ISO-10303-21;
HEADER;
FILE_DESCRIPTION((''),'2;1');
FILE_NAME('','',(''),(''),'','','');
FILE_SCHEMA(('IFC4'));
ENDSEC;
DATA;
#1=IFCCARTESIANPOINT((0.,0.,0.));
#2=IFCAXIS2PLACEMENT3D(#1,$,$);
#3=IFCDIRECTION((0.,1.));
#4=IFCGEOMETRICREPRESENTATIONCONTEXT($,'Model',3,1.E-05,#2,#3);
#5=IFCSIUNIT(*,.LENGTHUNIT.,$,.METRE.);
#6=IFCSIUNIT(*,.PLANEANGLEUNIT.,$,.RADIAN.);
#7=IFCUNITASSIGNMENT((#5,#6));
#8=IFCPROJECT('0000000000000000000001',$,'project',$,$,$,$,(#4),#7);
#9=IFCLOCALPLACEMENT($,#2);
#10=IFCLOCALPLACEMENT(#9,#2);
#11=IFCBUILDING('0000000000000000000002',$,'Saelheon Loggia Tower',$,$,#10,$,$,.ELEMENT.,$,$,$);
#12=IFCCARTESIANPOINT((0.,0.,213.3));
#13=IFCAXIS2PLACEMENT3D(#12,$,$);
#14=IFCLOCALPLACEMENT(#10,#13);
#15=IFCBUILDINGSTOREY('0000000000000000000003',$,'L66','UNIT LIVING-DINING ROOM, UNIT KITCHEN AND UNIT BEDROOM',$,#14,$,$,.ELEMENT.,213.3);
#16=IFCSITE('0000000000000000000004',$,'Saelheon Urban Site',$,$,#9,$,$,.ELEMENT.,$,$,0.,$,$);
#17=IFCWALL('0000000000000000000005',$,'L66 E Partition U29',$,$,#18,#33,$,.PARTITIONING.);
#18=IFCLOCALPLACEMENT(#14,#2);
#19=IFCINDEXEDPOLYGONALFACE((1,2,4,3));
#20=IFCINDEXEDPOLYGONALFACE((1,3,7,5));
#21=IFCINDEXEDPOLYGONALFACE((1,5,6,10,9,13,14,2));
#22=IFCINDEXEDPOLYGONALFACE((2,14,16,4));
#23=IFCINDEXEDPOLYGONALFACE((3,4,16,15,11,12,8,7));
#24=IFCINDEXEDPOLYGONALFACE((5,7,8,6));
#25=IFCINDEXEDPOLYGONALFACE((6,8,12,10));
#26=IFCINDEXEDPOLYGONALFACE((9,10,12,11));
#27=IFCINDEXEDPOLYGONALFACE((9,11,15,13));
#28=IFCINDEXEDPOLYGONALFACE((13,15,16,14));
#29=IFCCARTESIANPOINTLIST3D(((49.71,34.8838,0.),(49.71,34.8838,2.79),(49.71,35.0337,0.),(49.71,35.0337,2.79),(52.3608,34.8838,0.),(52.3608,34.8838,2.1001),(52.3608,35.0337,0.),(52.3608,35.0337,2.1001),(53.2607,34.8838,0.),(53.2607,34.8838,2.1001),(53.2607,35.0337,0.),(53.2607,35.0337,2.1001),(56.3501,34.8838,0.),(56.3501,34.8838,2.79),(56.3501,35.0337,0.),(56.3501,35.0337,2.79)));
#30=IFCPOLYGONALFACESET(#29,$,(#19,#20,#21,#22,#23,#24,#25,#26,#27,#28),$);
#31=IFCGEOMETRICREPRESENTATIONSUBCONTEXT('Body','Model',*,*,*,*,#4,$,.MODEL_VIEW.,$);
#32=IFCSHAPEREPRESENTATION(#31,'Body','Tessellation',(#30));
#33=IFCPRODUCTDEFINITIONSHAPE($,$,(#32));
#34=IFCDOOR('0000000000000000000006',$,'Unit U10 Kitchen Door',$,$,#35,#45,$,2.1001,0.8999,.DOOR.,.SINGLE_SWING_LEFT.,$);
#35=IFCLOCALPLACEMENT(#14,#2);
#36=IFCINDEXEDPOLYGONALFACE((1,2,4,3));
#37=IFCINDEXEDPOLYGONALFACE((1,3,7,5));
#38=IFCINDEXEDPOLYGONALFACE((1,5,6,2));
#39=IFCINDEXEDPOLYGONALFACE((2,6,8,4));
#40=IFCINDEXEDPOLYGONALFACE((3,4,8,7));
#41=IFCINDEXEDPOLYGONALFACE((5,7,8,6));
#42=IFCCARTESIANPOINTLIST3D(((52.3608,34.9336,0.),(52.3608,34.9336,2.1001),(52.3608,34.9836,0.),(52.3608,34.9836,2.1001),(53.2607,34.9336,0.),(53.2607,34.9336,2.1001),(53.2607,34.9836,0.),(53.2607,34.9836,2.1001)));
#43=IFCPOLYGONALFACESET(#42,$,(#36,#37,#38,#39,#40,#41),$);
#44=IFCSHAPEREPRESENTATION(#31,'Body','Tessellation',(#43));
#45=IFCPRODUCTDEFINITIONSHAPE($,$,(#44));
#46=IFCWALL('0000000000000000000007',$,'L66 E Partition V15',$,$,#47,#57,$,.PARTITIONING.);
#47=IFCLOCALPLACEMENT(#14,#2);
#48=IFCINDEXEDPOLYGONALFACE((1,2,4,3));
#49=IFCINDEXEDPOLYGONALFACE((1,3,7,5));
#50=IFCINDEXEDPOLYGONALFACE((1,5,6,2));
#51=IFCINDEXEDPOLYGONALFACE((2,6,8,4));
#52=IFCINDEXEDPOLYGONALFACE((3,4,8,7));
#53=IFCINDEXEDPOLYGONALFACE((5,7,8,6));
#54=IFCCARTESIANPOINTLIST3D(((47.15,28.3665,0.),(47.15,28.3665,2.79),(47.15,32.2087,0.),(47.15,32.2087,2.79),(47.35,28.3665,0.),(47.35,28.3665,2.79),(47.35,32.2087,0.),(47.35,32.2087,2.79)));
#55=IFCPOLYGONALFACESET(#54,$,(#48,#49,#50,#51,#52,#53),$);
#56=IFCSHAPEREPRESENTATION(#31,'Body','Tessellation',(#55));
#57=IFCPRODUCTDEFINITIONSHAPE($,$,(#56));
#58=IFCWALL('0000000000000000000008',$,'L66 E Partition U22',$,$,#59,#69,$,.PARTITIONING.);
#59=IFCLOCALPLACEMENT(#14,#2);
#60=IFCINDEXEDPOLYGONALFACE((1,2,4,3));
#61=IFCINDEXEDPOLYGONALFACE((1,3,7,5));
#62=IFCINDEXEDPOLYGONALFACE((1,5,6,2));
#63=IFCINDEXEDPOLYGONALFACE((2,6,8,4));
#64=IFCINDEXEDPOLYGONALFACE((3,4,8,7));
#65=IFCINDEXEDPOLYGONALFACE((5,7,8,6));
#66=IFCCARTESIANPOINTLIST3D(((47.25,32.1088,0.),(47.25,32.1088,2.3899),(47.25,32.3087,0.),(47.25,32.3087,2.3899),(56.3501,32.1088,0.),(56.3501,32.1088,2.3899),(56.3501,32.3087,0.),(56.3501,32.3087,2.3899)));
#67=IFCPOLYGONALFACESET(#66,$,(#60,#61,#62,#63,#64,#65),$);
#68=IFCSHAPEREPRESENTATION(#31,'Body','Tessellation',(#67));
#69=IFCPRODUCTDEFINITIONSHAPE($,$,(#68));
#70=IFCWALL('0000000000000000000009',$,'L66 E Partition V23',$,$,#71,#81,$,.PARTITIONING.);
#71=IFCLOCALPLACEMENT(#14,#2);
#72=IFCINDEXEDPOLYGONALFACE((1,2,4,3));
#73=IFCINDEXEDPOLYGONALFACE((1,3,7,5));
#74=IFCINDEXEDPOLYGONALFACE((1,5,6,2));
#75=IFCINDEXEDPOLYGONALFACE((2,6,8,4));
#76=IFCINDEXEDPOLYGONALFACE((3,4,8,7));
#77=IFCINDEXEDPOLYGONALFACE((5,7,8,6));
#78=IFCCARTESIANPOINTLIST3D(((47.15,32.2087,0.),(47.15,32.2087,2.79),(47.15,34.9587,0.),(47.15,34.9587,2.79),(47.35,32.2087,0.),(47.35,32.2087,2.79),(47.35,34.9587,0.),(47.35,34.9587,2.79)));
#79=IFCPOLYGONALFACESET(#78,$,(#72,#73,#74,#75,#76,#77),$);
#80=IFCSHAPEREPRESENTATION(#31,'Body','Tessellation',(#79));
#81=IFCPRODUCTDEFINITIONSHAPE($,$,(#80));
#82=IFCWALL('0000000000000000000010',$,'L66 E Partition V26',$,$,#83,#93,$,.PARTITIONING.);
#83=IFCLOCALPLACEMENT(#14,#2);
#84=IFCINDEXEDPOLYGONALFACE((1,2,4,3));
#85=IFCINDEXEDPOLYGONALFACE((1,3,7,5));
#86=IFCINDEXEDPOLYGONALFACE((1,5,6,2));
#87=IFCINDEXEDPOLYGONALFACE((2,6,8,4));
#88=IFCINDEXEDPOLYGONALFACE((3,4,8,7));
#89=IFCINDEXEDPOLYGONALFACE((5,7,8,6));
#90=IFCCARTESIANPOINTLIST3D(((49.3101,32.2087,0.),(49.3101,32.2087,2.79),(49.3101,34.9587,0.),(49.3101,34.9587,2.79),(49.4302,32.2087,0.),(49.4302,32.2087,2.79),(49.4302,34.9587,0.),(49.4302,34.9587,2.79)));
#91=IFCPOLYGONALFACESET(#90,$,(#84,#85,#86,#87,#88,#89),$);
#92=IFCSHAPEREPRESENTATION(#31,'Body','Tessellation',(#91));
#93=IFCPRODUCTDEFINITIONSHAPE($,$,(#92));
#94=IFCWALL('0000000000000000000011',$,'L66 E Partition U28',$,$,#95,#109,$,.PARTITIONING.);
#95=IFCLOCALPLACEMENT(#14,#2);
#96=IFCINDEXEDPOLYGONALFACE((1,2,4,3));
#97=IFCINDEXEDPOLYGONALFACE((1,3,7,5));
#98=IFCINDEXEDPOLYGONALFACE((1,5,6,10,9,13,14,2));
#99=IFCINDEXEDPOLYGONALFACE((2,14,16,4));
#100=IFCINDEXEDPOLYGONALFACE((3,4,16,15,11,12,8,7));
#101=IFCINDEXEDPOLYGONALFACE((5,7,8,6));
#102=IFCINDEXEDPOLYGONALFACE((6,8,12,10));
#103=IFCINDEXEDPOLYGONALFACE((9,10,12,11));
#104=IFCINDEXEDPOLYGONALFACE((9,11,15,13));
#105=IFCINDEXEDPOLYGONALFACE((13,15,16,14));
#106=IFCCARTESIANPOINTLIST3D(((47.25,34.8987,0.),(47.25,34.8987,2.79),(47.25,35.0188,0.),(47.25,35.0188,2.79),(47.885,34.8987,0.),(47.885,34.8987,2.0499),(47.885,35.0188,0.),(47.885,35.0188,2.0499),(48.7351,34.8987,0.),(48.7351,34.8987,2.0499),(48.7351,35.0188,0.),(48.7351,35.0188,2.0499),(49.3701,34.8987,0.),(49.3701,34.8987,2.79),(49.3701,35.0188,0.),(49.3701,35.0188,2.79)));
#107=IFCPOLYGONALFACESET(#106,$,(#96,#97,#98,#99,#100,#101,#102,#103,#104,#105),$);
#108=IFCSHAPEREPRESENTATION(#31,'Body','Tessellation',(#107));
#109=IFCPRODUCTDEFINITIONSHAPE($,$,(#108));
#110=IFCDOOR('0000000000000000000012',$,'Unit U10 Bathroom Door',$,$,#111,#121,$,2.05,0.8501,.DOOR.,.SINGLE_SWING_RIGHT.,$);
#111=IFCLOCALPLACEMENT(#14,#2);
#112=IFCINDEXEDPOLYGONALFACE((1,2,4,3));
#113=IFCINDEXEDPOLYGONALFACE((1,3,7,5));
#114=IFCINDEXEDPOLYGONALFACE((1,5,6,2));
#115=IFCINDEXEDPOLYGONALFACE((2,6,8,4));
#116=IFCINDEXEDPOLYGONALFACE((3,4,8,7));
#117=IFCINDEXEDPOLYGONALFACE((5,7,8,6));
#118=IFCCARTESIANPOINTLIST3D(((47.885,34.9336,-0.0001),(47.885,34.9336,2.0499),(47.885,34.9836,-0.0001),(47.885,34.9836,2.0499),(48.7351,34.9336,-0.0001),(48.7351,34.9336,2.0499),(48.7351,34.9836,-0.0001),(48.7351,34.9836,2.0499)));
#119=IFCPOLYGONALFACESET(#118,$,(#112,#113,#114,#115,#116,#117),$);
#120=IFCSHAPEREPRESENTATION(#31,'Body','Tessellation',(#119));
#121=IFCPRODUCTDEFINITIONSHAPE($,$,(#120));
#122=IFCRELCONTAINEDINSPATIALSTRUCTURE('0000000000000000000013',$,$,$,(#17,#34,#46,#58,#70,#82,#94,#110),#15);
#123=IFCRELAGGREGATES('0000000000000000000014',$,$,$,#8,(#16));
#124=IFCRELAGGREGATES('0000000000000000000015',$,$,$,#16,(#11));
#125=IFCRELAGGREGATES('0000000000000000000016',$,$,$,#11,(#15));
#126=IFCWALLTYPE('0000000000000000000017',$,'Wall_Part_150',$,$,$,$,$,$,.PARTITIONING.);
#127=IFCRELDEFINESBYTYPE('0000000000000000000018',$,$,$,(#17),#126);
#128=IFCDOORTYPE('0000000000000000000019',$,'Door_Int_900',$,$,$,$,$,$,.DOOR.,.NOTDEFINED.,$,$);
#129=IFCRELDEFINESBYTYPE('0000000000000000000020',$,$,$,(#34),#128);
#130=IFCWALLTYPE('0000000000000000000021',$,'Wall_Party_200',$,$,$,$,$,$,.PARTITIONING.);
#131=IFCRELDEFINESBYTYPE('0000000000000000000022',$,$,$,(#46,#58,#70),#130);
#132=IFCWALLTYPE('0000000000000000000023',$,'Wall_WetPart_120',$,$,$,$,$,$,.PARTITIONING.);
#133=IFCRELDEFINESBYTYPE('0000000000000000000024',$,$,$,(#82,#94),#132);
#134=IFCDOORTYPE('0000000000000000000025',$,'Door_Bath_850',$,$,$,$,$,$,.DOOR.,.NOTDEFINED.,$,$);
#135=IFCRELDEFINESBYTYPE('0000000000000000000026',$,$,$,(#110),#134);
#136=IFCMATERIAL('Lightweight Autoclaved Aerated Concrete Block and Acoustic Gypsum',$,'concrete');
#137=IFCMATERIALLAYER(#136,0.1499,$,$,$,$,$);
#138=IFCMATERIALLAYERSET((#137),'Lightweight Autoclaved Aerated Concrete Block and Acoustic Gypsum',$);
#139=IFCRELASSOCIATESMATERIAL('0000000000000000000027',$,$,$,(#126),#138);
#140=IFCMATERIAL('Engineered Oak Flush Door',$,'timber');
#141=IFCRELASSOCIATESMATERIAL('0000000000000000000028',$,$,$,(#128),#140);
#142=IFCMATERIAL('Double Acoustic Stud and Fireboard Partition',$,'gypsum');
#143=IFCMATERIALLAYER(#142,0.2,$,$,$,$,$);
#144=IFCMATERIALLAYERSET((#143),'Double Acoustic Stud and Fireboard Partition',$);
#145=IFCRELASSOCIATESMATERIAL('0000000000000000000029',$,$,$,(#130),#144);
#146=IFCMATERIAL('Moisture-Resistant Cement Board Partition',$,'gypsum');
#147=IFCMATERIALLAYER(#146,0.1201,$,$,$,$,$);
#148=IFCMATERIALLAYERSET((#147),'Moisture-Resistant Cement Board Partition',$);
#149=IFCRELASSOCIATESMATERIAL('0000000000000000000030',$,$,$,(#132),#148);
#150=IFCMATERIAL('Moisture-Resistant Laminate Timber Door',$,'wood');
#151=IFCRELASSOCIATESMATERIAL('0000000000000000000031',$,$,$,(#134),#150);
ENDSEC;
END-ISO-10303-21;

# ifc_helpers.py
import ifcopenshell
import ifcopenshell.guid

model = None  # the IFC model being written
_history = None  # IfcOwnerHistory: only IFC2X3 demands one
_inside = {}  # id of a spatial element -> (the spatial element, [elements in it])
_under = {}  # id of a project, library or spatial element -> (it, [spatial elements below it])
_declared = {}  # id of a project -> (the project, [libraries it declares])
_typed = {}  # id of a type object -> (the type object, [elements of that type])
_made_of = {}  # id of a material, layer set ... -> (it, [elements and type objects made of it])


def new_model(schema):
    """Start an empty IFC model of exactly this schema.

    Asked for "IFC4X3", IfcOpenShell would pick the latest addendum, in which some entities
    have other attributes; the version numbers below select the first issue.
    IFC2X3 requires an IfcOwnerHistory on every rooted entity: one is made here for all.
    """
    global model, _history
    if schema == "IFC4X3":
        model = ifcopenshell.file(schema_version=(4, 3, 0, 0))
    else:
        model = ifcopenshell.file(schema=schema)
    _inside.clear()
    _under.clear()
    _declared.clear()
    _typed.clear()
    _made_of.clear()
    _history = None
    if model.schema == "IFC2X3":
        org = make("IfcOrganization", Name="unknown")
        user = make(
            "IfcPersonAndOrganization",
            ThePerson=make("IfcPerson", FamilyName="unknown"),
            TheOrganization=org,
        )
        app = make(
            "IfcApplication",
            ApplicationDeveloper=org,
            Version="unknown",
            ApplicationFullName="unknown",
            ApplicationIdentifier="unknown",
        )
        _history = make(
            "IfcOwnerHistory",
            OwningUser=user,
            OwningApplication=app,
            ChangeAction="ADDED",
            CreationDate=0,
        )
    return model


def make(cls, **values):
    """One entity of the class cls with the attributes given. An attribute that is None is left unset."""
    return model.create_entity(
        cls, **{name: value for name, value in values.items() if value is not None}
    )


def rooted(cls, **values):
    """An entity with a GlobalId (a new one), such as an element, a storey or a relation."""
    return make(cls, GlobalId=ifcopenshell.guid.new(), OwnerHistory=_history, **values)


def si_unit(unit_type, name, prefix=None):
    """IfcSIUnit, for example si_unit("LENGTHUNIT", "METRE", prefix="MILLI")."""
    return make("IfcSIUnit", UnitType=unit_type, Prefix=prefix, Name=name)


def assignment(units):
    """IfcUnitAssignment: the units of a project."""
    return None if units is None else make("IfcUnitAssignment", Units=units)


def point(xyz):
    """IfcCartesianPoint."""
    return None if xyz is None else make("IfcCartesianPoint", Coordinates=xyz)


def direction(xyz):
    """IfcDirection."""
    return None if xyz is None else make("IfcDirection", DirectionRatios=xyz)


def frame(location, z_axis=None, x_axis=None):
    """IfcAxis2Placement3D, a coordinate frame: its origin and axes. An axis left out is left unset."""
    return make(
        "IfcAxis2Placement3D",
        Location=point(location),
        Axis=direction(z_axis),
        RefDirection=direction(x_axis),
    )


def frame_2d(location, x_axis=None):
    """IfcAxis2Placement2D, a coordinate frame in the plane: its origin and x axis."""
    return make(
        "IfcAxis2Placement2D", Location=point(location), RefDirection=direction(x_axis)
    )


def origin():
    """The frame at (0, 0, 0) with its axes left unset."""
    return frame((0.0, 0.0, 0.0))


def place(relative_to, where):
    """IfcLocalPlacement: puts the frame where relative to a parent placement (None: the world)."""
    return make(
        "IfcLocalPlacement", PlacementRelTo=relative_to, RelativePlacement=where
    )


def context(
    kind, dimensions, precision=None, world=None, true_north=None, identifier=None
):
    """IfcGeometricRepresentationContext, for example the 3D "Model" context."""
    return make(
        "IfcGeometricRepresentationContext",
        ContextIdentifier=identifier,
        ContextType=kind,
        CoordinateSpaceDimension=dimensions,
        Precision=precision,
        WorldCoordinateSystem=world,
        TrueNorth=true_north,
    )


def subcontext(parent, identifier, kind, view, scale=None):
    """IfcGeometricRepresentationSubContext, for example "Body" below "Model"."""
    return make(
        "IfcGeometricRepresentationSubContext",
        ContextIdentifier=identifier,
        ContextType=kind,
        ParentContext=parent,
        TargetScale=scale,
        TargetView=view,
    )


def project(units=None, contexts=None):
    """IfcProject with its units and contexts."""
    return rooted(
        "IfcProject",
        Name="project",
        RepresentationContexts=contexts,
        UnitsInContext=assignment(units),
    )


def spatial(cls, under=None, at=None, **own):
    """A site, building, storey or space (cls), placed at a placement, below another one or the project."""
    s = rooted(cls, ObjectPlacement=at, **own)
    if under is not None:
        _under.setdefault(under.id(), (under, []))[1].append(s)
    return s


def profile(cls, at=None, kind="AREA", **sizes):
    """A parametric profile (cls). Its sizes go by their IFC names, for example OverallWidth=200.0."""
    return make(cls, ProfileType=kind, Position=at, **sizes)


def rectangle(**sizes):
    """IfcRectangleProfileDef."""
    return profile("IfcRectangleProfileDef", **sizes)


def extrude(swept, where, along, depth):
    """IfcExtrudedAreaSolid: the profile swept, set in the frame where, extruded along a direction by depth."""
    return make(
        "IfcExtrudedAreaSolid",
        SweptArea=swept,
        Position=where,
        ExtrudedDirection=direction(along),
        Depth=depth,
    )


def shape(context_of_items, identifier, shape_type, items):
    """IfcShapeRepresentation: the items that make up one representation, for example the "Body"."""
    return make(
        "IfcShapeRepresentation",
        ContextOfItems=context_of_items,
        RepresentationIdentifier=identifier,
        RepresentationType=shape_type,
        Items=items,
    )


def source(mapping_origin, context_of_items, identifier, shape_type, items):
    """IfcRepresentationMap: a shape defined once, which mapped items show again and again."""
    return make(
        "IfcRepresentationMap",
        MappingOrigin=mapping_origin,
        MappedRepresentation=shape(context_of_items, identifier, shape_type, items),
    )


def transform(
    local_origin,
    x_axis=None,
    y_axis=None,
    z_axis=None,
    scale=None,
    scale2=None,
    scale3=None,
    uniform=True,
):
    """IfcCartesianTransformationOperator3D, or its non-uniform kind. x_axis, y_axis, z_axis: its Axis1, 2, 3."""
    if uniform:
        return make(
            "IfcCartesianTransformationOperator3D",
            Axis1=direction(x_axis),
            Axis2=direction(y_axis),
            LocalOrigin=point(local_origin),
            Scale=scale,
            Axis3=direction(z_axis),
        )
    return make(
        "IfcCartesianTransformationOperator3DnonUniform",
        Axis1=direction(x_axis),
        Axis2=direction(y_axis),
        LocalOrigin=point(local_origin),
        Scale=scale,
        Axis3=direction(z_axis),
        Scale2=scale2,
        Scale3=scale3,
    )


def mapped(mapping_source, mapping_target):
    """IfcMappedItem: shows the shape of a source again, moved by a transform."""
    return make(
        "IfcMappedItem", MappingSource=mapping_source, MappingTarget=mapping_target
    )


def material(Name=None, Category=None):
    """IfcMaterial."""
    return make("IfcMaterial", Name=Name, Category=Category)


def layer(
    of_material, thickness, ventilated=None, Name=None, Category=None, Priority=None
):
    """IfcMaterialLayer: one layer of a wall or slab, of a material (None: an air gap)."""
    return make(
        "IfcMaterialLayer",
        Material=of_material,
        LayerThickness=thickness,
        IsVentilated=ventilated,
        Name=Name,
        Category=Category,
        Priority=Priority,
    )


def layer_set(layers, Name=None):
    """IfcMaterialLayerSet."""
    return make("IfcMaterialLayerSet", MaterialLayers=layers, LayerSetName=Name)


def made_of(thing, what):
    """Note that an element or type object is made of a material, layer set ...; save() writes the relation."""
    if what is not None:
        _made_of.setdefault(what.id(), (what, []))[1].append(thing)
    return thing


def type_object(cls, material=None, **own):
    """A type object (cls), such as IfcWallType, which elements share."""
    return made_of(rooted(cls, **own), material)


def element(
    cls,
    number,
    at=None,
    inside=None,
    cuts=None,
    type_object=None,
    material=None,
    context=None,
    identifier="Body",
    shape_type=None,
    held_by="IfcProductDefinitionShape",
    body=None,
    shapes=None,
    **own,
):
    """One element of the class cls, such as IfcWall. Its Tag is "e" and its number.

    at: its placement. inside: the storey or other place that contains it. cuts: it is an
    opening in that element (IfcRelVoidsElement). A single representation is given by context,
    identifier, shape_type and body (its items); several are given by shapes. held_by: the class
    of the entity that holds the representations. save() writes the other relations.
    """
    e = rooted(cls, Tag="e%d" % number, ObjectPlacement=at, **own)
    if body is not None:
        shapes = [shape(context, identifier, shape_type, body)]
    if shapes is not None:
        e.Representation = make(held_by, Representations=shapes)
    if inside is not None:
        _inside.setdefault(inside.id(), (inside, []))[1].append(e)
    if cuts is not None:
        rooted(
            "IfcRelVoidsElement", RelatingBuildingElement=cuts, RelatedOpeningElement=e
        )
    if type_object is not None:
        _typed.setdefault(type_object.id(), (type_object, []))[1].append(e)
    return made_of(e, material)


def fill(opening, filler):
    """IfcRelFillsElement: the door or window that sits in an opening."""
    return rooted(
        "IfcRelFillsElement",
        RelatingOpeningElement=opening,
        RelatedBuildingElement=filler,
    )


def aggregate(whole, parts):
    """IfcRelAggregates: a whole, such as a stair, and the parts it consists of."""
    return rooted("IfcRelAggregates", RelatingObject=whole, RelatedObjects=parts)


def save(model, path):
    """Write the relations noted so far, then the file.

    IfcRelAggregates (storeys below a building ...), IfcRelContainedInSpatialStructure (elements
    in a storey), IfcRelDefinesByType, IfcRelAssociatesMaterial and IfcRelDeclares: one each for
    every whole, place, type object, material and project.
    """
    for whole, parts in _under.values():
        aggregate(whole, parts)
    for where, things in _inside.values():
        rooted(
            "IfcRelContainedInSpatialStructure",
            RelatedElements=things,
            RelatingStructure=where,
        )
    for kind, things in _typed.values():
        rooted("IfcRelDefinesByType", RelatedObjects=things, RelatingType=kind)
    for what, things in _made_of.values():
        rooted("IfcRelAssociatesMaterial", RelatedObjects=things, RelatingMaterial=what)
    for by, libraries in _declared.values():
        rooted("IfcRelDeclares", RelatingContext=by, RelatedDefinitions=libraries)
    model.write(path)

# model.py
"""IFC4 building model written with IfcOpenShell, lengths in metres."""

from ifc_helpers import new_model, si_unit, direction, frame, frame_2d, origin, place, context, subcontext, project, spatial, rectangle, extrude, source, transform, mapped, material, layer, layer_set, type_object, element, fill, save


model = new_model("IFC4")

# Units and contexts
model_context = context("Model", 3, precision=1e-05, world=origin(), true_north=direction((0.0, 1.0)))
body_context = subcontext(model_context, "Body", "Model", "MODEL_VIEW")
ifc_project = project(units=[si_unit("LENGTHUNIT", "METRE"), si_unit("PLANEANGLEUNIT", "RADIAN")], contexts=[model_context])

# Site, building, storey
site_placement = place(None, origin())
site = spatial("IfcSite", under=ifc_project, at=site_placement, Name="Saelheon Urban Site", CompositionType="ELEMENT", RefElevation=0.0)
building_placement = place(site_placement, origin())
building = spatial("IfcBuilding", under=site, at=building_placement, Name="Saelheon Loggia Tower", CompositionType="ELEMENT")
storey_placement = place(building_placement, frame((0.0, 0.0, 213.3)))
storey = spatial("IfcBuildingStorey", under=building, at=storey_placement, Name="L66", Description="UNIT LIVING-DINING ROOM, UNIT KITCHEN AND UNIT BEDROOM", CompositionType="ELEMENT", Elevation=213.3)

# Shared definitions
ifc_material_1 = material(Name="Lightweight Autoclaved Aerated Concrete Block and Acoustic Gypsum", Category="concrete")
ifc_layer_1 = layer(ifc_material_1, 0.1499)
ifc_layer_set_1 = layer_set([ifc_layer_1], Name="Lightweight Autoclaved Aerated Concrete Block and Acoustic Gypsum")
wall_type_1 = type_object("IfcWallType", Name="Wall_Part_150", PredefinedType="PARTITIONING", material=ifc_layer_set_1)

# Wall, opening, door
ifc_material_2 = material(Name="Engineered Oak Flush Door", Category="timber")
door_type_1 = type_object("IfcDoorType", Name="Door_Int_900", OperationType="NOTDEFINED", PredefinedType="DOOR", material=ifc_material_2)
shared_shape_1 = source(origin(), body_context, "Body", "SweptSolid", [
    extrude(rectangle(XDim=0.8999, YDim=2.1001, at=frame_2d((0.45, 1.05))), frame((0.0, 0.0249, 0.0), z_axis=(0.0, -1.0, 0.0), x_axis=(1.0, 0.0, 0.0)), (0.0, 0.0, 1.0), 0.05),
])
wall_1_placement = place(storey_placement, frame((49.71, 34.9587, 0.0), z_axis=(0.0, 0.0, 1.0), x_axis=(1.0, 0.0, 0.0)))
wall_1 = element("IfcWall", 1, at=wall_1_placement, inside=storey, type_object=wall_type_1, Name="L66 E Partition U29", PredefinedType="PARTITIONING", context=body_context, shape_type="SweptSolid", body=[
    extrude(rectangle(XDim=6.6401, YDim=0.1499, at=frame_2d((3.3201, 0.0))), origin(), (0.0, 0.0, 1.0), 2.79),
])
opening_1_placement = place(wall_1_placement, frame((2.6509, 0.0, 0.0)))
opening_1 = element("IfcOpeningElement", 2, at=opening_1_placement, cuts=wall_1, PredefinedType="OPENING", context=body_context, shape_type="SweptSolid", body=[
    extrude(rectangle(XDim=0.8999, YDim=2.1001, at=frame_2d((0.45, 1.05))), frame((0.0, 0.0869, 0.0), z_axis=(0.0, -1.0, 0.0), x_axis=(1.0, 0.0, 0.0)), (0.0, 0.0, 1.0), 0.1738),
])
door_1_placement = place(opening_1_placement, origin())
door_1 = element("IfcDoor", 3, at=door_1_placement, inside=storey, type_object=door_type_1, Name="Unit U10 Kitchen Door", OperationType="SINGLE_SWING_LEFT", OverallHeight=2.1001, OverallWidth=0.8999, PredefinedType="DOOR", context=body_context, shape_type="MappedRepresentation", body=[
    mapped(shared_shape_1, transform((0.0, 0.0, 0.0), scale=1.0)),
])
fill(opening_1, door_1)

# Walls
ifc_material_3 = material(Name="Double Acoustic Stud and Fireboard Partition", Category="gypsum")
ifc_layer_2 = layer(ifc_material_3, 0.2)
ifc_layer_set_2 = layer_set([ifc_layer_2], Name="Double Acoustic Stud and Fireboard Partition")
wall_type_2 = type_object("IfcWallType", Name="Wall_Party_200", PredefinedType="PARTITIONING", material=ifc_layer_set_2)
wall_2_placement = place(storey_placement, frame((47.25, 28.3665, 0.0), z_axis=(0.0, 0.0, 1.0), x_axis=(0.0, 1.0, 0.0)))
element("IfcWall", 4, at=wall_2_placement, inside=storey, type_object=wall_type_2, Name="L66 E Partition V15", PredefinedType="PARTITIONING", context=body_context, shape_type="SweptSolid", body=[
    extrude(rectangle(XDim=3.8423, YDim=0.2, at=frame_2d((1.9211, 0.0))), origin(), (0.0, 0.0, 1.0), 2.79),
])
wall_3_placement = place(storey_placement, frame((47.25, 32.2087, 0.0), z_axis=(0.0, 0.0, 1.0), x_axis=(1.0, 0.0, 0.0)))
element("IfcWall", 5, at=wall_3_placement, inside=storey, type_object=wall_type_2, Name="L66 E Partition U22", PredefinedType="PARTITIONING", context=body_context, shape_type="SweptSolid", body=[
    extrude(rectangle(XDim=9.1001, YDim=0.2, at=frame_2d((4.55, 0.0))), origin(), (0.0, 0.0, 1.0), 2.3899),
])
wall_4_placement = place(storey_placement, frame((47.25, 32.2087, 0.0), z_axis=(0.0, 0.0, 1.0), x_axis=(0.0, 1.0, 0.0)))
element("IfcWall", 6, at=wall_4_placement, inside=storey, type_object=wall_type_2, Name="L66 E Partition V23", PredefinedType="PARTITIONING", context=body_context, shape_type="SweptSolid", body=[
    extrude(rectangle(XDim=2.75, YDim=0.2, at=frame_2d((1.375, 0.0))), origin(), (0.0, 0.0, 1.0), 2.79),
])

# Wall
ifc_material_4 = material(Name="Moisture-Resistant Cement Board Partition", Category="gypsum")
ifc_layer_3 = layer(ifc_material_4, 0.1201)
ifc_layer_set_3 = layer_set([ifc_layer_3], Name="Moisture-Resistant Cement Board Partition")
wall_type_3 = type_object("IfcWallType", Name="Wall_WetPart_120", PredefinedType="PARTITIONING", material=ifc_layer_set_3)
wall_5_placement = place(storey_placement, frame((49.3701, 32.2087, 0.0), z_axis=(0.0, 0.0, 1.0), x_axis=(0.0, 1.0, 0.0)))
element("IfcWall", 7, at=wall_5_placement, inside=storey, type_object=wall_type_3, Name="L66 E Partition V26", PredefinedType="PARTITIONING", context=body_context, shape_type="SweptSolid", body=[
    extrude(rectangle(XDim=2.75, YDim=0.1201, at=frame_2d((1.375, 0.0))), origin(), (0.0, 0.0, 1.0), 2.79),
])

# Wall, opening, door
wall_6_placement = place(storey_placement, frame((47.25, 34.9587, 0.0), z_axis=(0.0, 0.0, 1.0), x_axis=(1.0, 0.0, 0.0)))
wall_6 = element("IfcWall", 8, at=wall_6_placement, inside=storey, type_object=wall_type_3, Name="L66 E Partition U28", PredefinedType="PARTITIONING", context=body_context, shape_type="SweptSolid", body=[
    extrude(rectangle(XDim=2.1201, YDim=0.1201, at=frame_2d((1.0601, 0.0))), origin(), (0.0, 0.0, 1.0), 2.79),
])
opening_2_placement = place(wall_6_placement, frame((0.635, 0.0, 0.0)))
opening_2 = element("IfcOpeningElement", 9, at=opening_2_placement, cuts=wall_6, PredefinedType="OPENING", context=body_context, shape_type="SweptSolid", body=[
    extrude(rectangle(XDim=0.8501, YDim=2.05, at=frame_2d((0.425, 1.0249))), frame((0.0, 0.072, 0.0), z_axis=(0.0, -1.0, 0.0), x_axis=(1.0, 0.0, 0.0)), (0.0, 0.0, 1.0), 0.144),
])
ifc_material_5 = material(Name="Moisture-Resistant Laminate Timber Door", Category="wood")
door_type_2 = type_object("IfcDoorType", Name="Door_Bath_850", OperationType="NOTDEFINED", PredefinedType="DOOR", material=ifc_material_5)
shared_shape_2 = source(origin(), body_context, "Body", "SweptSolid", [
    extrude(rectangle(XDim=0.8501, YDim=2.05, at=frame_2d((0.425, 1.0249))), frame((0.0, 0.0249, 0.0), z_axis=(0.0, -1.0, 0.0), x_axis=(1.0, 0.0, 0.0)), (0.0, 0.0, 1.0), 0.05),
])
door_2_placement = place(opening_2_placement, origin())
door_2 = element("IfcDoor", 10, at=door_2_placement, inside=storey, type_object=door_type_2, Name="Unit U10 Bathroom Door", OperationType="SINGLE_SWING_RIGHT", OverallHeight=2.05, OverallWidth=0.8501, PredefinedType="DOOR", context=body_context, shape_type="MappedRepresentation", body=[
    mapped(shared_shape_2, transform((0.0, 0.0, 0.0), scale=1.0)),
])
fill(opening_2, door_2)

save(model, "model.ifc")
